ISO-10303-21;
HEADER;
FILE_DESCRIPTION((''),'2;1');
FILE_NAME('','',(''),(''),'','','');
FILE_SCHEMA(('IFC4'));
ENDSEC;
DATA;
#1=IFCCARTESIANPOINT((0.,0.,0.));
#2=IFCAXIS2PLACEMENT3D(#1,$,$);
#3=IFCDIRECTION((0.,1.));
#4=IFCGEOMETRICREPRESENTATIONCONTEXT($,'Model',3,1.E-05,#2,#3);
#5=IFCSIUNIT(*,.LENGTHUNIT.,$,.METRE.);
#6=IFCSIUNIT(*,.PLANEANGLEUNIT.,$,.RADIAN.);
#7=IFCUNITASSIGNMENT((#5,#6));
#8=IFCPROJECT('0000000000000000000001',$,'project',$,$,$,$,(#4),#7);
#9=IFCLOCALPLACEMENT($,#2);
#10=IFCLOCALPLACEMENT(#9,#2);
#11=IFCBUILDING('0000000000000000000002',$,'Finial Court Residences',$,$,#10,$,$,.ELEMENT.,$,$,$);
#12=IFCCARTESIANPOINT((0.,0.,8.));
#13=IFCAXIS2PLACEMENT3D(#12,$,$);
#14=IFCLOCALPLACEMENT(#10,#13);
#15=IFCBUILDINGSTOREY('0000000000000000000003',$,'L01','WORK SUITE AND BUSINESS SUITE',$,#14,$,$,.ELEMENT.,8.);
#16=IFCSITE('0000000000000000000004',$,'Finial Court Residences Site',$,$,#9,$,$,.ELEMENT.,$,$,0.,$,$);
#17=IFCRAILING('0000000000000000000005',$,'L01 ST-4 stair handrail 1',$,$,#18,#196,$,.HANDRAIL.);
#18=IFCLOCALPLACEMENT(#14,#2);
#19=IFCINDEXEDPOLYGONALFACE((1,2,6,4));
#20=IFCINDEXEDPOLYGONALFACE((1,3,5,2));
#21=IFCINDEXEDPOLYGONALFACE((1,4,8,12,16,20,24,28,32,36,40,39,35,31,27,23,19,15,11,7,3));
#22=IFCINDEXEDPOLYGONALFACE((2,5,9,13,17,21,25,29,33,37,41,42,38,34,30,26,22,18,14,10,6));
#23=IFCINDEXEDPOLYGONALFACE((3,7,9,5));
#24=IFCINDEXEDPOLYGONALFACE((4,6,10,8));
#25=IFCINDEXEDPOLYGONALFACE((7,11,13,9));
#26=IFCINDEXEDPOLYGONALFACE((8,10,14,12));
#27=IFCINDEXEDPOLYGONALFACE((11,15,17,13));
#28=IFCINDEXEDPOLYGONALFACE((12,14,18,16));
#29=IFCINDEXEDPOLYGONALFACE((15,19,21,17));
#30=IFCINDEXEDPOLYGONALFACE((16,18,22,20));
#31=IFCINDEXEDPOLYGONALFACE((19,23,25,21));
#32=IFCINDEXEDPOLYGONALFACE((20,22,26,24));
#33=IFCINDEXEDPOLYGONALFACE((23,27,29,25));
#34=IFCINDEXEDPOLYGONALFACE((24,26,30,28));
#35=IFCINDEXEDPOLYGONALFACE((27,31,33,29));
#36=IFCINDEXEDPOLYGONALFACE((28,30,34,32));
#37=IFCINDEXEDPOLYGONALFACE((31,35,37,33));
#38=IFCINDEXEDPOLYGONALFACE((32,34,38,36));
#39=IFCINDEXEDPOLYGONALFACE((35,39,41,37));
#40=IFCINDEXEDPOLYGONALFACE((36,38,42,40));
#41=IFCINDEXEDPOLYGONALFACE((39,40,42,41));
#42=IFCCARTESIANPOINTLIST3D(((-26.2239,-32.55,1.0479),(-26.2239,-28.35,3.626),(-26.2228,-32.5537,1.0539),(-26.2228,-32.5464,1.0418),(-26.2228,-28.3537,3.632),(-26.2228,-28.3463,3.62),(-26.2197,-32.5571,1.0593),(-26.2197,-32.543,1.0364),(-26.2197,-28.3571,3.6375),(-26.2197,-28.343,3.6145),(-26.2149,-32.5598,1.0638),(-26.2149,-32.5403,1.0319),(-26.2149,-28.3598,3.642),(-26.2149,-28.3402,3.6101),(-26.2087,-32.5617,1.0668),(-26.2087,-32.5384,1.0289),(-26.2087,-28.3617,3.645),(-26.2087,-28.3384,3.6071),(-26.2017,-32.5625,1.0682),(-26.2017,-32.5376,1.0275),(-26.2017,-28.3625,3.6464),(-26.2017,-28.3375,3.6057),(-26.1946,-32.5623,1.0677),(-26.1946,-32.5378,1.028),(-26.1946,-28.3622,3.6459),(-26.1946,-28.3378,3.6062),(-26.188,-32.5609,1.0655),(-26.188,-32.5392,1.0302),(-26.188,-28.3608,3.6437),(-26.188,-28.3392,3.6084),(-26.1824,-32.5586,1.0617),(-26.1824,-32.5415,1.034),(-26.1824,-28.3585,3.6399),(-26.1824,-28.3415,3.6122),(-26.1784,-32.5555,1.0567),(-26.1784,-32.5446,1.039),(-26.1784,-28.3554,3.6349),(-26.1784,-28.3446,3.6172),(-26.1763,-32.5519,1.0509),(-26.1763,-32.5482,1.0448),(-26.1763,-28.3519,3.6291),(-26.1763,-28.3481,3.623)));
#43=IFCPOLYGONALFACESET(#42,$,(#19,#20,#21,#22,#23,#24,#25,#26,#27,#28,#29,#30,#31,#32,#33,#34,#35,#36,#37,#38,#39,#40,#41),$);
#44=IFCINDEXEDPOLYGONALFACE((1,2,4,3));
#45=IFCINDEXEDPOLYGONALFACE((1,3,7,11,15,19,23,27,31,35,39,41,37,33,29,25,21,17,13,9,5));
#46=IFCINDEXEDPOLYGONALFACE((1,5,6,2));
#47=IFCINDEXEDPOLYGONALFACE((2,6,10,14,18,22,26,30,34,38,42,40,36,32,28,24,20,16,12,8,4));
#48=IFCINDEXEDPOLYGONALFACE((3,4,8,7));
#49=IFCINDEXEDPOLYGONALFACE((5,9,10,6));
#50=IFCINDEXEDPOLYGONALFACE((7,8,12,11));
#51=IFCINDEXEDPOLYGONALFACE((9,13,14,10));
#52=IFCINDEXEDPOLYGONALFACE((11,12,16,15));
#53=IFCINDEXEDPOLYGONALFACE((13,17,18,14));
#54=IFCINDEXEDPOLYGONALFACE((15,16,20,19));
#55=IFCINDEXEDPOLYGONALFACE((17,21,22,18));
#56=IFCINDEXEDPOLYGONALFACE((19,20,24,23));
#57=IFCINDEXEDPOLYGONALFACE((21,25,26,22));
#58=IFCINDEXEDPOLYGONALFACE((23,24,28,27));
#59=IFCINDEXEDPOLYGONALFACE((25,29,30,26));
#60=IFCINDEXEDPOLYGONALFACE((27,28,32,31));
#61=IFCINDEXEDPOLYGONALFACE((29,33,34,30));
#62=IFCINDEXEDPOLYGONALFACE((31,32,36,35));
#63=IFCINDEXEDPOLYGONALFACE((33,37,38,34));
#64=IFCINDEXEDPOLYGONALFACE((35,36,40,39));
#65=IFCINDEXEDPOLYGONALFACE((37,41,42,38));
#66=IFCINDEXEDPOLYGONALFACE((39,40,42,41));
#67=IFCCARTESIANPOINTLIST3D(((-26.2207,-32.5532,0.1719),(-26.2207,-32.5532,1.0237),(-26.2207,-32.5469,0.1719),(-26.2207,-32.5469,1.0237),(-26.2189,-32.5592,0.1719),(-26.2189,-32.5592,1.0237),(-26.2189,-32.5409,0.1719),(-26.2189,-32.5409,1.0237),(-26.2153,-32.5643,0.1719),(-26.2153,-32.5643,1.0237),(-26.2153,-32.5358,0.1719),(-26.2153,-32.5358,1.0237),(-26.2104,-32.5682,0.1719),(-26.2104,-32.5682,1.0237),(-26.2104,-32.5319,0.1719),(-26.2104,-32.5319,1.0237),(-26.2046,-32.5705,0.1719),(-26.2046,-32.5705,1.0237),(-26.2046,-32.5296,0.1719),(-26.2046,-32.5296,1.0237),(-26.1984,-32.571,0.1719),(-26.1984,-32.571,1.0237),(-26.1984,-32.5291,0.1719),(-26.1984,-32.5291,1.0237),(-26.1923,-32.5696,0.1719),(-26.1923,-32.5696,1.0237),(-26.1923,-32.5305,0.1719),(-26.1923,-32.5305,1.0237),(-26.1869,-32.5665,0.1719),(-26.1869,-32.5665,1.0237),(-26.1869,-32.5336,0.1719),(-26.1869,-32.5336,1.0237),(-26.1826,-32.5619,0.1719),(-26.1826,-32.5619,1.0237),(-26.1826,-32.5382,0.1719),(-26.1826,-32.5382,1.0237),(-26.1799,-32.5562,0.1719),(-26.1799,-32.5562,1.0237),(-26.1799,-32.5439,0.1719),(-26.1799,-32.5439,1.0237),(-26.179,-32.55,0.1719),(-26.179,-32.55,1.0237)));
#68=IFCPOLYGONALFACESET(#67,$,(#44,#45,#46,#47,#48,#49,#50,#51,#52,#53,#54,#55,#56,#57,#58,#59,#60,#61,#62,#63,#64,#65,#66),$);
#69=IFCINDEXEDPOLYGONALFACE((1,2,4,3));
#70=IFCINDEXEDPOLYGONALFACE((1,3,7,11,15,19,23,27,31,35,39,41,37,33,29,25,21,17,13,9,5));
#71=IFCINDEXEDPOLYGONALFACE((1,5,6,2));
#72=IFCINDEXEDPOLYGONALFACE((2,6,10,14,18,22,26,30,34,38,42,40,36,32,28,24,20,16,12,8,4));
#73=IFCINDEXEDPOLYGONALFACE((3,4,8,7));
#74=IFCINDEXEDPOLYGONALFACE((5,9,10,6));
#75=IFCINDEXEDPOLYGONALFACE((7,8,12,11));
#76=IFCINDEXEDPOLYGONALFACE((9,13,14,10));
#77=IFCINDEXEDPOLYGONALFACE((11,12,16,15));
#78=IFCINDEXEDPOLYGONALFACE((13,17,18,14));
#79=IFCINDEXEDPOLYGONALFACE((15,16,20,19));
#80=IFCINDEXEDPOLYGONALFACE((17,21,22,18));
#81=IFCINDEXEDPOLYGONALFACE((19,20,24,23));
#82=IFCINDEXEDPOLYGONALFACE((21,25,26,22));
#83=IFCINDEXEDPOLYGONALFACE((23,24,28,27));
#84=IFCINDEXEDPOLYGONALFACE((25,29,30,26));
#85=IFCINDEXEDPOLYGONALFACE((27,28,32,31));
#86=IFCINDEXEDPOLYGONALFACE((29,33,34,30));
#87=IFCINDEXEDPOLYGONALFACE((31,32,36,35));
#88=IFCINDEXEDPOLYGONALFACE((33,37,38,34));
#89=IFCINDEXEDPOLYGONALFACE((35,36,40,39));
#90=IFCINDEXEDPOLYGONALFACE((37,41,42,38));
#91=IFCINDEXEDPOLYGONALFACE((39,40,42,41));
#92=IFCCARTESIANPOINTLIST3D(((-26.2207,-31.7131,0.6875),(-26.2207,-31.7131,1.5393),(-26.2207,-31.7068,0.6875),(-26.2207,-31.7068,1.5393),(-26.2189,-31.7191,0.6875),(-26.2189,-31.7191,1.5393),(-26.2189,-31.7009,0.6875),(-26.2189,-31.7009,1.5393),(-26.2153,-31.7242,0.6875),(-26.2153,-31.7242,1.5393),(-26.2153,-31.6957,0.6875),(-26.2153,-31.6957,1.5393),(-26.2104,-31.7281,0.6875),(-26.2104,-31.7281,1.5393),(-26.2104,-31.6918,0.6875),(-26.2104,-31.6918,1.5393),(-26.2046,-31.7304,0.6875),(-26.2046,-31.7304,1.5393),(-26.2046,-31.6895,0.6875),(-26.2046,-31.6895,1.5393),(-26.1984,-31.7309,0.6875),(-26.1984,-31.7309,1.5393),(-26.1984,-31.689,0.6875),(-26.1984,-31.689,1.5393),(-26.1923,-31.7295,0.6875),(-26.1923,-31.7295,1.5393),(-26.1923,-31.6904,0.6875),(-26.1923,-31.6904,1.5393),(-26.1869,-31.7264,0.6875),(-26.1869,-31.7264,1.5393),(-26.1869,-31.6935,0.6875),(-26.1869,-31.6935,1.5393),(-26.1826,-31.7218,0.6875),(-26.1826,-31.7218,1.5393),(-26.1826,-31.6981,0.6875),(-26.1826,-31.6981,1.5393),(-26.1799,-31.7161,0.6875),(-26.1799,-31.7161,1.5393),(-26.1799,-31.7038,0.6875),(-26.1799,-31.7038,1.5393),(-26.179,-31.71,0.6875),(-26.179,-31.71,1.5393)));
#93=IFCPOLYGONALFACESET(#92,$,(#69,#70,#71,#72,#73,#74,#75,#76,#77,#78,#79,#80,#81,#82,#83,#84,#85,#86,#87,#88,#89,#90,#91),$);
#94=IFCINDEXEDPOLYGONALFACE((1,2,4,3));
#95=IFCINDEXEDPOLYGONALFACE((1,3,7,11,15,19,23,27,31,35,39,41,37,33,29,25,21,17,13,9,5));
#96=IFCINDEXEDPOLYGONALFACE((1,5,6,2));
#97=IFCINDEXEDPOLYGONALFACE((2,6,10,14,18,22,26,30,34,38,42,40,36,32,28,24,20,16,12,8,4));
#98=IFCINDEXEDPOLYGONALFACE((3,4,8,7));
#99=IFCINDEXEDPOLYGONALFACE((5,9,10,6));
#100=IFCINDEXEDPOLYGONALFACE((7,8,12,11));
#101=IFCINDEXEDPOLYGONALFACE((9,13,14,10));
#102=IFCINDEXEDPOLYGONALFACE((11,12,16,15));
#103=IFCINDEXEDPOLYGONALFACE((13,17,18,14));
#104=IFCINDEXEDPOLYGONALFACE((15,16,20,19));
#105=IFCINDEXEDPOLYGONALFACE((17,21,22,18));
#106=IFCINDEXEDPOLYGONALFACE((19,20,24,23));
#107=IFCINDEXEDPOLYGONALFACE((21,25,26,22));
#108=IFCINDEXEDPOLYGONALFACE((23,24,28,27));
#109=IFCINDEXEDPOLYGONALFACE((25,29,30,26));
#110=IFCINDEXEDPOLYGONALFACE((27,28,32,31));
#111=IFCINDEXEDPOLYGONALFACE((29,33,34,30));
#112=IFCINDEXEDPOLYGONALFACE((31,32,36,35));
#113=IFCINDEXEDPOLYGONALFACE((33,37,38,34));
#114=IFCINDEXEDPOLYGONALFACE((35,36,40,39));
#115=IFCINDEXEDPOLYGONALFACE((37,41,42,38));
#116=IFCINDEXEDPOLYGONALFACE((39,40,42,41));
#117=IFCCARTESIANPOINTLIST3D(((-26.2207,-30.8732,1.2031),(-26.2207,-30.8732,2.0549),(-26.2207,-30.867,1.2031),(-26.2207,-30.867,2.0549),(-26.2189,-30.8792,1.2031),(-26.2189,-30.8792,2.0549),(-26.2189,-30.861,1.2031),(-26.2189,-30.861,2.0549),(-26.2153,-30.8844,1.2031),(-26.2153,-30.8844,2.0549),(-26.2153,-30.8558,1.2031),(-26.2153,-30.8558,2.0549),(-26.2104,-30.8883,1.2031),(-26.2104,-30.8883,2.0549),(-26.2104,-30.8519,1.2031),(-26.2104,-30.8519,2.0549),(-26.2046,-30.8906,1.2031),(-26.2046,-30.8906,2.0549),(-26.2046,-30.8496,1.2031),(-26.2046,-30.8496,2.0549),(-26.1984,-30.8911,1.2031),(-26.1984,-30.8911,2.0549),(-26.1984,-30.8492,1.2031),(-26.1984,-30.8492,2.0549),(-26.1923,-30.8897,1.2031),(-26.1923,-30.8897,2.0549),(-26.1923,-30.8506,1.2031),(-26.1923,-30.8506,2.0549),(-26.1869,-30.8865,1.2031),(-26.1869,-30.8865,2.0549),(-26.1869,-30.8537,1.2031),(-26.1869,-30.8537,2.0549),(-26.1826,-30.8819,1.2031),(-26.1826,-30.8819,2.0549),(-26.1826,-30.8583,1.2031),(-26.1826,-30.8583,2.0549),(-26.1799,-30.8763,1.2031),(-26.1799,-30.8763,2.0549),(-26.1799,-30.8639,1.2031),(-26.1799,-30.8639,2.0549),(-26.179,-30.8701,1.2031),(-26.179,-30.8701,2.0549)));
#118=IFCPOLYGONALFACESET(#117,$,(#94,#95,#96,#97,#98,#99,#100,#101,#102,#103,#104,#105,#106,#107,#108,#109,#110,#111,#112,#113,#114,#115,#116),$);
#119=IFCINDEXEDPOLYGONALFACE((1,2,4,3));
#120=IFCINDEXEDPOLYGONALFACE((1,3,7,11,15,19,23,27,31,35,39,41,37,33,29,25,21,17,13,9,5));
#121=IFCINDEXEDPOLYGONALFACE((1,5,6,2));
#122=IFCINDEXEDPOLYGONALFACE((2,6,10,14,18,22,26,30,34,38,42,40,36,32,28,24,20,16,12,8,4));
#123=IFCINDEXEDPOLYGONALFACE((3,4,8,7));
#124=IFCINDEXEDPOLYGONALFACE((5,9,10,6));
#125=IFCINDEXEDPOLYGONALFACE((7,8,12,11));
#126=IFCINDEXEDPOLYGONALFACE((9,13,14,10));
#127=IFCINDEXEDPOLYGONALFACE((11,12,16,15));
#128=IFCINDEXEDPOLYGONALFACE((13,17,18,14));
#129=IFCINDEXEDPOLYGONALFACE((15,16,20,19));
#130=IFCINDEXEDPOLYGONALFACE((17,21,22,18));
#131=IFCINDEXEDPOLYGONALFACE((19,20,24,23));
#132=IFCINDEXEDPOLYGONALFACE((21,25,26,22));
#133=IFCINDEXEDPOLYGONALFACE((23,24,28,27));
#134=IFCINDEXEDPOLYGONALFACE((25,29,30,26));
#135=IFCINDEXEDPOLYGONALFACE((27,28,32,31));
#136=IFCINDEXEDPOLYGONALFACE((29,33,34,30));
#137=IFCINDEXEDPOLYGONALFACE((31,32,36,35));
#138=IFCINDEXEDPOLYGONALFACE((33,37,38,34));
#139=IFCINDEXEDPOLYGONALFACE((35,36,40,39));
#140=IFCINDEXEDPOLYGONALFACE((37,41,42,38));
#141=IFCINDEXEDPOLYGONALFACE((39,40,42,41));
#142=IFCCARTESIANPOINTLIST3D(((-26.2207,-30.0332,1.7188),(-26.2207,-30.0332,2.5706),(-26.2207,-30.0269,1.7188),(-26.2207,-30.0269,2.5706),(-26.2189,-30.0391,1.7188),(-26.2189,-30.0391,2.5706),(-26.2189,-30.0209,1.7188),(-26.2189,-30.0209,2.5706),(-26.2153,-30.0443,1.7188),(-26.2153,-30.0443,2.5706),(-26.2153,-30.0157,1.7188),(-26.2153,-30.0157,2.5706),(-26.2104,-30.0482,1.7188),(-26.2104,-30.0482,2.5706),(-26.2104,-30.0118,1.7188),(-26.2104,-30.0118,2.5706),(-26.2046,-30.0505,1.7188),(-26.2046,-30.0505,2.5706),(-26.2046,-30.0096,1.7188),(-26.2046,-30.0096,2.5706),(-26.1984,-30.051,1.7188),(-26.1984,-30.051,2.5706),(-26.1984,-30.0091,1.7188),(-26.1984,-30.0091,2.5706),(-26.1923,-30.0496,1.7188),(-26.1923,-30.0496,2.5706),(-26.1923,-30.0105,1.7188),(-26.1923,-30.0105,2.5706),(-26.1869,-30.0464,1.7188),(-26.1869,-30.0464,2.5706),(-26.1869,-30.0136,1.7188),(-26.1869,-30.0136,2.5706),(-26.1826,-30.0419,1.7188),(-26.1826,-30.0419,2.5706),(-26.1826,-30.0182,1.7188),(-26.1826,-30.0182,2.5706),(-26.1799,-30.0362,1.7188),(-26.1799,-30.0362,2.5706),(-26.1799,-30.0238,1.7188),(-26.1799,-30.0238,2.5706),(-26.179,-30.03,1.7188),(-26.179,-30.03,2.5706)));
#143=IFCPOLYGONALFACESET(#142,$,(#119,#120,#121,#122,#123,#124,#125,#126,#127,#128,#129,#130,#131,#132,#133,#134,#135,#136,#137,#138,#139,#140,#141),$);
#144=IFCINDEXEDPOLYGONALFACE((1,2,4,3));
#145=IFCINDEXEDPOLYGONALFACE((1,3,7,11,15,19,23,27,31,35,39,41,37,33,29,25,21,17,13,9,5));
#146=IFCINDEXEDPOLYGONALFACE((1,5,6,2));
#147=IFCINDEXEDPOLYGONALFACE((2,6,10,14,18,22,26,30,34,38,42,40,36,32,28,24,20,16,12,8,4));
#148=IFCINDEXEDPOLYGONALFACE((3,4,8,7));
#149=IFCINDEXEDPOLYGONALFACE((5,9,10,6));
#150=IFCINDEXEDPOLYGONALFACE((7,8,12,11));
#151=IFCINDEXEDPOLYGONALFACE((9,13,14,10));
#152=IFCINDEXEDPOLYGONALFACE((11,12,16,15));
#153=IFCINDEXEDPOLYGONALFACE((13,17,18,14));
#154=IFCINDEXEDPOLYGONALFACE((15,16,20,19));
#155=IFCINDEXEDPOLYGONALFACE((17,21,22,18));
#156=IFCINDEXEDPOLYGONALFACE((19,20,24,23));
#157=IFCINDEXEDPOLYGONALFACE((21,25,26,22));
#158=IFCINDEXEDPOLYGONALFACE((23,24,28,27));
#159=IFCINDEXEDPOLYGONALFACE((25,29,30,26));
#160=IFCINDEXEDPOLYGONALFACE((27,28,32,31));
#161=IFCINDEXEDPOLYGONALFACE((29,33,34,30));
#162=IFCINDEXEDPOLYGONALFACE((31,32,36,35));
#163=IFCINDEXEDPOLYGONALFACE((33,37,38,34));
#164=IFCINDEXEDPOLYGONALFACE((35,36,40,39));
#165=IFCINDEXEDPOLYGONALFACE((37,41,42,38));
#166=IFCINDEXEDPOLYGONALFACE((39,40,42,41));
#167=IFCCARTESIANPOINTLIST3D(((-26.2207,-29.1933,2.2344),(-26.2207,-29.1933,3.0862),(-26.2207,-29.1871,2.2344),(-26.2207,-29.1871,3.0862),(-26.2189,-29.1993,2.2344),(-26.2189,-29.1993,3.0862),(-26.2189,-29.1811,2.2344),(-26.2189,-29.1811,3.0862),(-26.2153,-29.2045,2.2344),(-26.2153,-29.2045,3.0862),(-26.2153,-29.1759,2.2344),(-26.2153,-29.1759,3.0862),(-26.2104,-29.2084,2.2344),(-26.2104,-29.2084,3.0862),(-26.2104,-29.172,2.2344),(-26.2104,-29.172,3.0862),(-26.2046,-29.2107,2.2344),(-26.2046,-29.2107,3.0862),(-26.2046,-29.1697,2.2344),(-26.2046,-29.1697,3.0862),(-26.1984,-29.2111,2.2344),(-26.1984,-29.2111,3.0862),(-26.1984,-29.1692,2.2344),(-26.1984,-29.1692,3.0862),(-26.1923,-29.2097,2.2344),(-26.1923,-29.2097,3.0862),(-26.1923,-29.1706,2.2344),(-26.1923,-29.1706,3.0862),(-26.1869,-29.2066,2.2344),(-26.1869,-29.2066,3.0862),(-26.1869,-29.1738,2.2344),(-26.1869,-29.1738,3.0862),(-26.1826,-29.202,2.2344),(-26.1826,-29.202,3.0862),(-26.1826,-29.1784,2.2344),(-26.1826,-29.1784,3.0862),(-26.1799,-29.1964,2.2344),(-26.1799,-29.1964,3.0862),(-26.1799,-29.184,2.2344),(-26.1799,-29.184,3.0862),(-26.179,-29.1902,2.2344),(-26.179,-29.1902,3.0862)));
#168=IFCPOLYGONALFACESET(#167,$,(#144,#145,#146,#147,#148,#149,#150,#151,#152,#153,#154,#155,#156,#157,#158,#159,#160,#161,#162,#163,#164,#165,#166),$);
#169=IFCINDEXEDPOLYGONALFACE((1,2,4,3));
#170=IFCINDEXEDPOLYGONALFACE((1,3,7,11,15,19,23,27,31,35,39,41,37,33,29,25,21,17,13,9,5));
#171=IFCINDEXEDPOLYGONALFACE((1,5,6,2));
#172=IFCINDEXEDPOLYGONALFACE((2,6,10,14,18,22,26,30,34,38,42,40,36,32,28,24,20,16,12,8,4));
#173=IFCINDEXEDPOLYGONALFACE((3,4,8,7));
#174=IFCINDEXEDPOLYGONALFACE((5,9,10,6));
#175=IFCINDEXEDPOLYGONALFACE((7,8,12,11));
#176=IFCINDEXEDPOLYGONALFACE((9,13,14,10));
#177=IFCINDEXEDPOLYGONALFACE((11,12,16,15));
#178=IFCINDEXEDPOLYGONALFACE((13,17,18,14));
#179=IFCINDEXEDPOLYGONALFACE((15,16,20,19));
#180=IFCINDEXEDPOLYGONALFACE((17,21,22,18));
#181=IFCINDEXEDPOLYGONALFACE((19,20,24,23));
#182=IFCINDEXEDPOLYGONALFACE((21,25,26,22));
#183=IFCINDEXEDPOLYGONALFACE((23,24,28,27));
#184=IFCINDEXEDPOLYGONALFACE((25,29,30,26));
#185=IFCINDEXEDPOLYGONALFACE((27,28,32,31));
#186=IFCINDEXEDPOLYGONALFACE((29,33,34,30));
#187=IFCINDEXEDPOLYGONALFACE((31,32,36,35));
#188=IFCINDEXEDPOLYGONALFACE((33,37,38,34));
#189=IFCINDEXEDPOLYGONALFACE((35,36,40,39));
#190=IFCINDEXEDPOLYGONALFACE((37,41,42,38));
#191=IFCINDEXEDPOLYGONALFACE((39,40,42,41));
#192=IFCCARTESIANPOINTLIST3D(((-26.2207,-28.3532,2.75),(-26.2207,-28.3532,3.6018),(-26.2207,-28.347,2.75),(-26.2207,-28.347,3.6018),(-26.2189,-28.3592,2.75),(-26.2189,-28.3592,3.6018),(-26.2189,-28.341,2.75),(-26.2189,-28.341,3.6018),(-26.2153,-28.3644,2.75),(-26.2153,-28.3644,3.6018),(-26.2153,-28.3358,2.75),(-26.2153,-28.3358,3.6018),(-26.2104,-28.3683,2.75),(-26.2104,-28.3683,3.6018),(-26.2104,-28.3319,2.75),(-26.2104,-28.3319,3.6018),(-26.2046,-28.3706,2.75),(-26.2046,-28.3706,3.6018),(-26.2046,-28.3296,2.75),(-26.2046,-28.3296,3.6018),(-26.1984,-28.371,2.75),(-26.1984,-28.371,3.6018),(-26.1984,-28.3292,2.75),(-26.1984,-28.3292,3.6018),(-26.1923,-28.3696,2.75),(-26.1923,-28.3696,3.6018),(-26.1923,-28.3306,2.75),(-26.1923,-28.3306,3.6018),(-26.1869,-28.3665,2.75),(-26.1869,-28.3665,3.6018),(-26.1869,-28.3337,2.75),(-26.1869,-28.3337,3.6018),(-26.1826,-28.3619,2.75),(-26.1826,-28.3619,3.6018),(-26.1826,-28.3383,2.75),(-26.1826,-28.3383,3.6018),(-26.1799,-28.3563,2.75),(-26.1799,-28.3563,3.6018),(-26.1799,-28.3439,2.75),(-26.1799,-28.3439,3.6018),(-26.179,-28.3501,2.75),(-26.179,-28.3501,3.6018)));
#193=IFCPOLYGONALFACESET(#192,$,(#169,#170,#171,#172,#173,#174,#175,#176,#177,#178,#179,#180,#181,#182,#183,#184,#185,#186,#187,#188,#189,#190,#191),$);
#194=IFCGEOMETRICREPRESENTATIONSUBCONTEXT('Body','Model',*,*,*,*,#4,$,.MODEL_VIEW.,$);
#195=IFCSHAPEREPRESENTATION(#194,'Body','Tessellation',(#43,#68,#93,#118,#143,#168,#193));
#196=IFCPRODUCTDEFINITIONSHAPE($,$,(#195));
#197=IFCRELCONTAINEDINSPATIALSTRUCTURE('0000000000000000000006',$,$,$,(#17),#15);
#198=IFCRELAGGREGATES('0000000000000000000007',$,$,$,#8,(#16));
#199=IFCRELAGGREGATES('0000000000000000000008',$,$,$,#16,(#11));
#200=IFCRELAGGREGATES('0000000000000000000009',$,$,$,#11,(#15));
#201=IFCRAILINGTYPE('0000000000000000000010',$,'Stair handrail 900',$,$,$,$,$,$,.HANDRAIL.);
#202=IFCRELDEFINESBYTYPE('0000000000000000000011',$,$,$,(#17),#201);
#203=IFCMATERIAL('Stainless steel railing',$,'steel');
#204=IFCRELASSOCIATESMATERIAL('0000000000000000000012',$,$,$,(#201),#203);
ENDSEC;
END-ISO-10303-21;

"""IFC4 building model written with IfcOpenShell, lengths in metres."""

from ifc_helpers import new_model, si_unit, direction, frame, origin, origin_2d, place, context, subcontext, project, spatial, circle, extrude, material, type_object, element, save


model = new_model("IFC4")

# Units and contexts
model_context = context("Model", 3, precision=1e-05, world=origin(), true_north=direction((0.0, 1.0)))
body_context = subcontext(model_context, "Body", "Model", "MODEL_VIEW")
ifc_project = project(units=[si_unit("LENGTHUNIT", "METRE"), si_unit("PLANEANGLEUNIT", "RADIAN")], contexts=[model_context])

# Site, building, storey
site_placement = place(None, origin())
site = spatial("IfcSite", under=ifc_project, at=site_placement, Name="Finial Court Residences Site", CompositionType="ELEMENT", RefElevation=0.0)
building_placement = place(site_placement, origin())
building = spatial("IfcBuilding", under=site, at=building_placement, Name="Finial Court Residences", CompositionType="ELEMENT")
storey_placement = place(building_placement, frame((0.0, 0.0, 8.0)))
storey = spatial("IfcBuildingStorey", under=building, at=storey_placement, Name="L01", Description="WORK SUITE AND BUSINESS SUITE", CompositionType="ELEMENT", Elevation=8.0)

# Railing
ifc_material_1 = material(Name="Stainless steel railing", Category="steel")
railing_type_1 = type_object("IfcRailingType", Name="Stair handrail 900", PredefinedType="HANDRAIL", material=ifc_material_1)
railing_1_placement = place(storey_placement, frame((-26.2, -32.55, 0.1719)))
element("IfcRailing", 1, at=railing_1_placement, inside=storey, type_object=railing_type_1, Name="L01 ST-4 stair handrail 1", PredefinedType="HANDRAIL", context=body_context, shape_type="SweptSolid", body=[
    extrude(circle(Radius=0.0239, at=origin_2d()), frame((0.0, 0.0, 0.876), z_axis=(0.0, 0.852243, 0.523146), x_axis=(-1.0, 0.0, 0.0)), (0.0, 0.0, 1.0), 4.9282),
    extrude(circle(Radius=0.021, at=origin_2d()), origin(), (0.0, 0.0, 1.0), 0.8518),
    extrude(circle(Radius=0.021, at=origin_2d()), frame((0.0, 0.8401, 0.5156)), (0.0, 0.0, 1.0), 0.8518),
    extrude(circle(Radius=0.021, at=origin_2d()), frame((0.0, 1.6799, 1.0312)), (0.0, 0.0, 1.0), 0.8518),
    extrude(circle(Radius=0.021, at=origin_2d()), frame((0.0, 2.52, 1.5469)), (0.0, 0.0, 1.0), 0.8518),
    extrude(circle(Radius=0.021, at=origin_2d()), frame((0.0, 3.3599, 2.0625)), (0.0, 0.0, 1.0), 0.8518),
    extrude(circle(Radius=0.021, at=origin_2d()), frame((0.0, 4.2, 2.5781)), (0.0, 0.0, 1.0), 0.8518),
])

save(model, "model.ifc")
